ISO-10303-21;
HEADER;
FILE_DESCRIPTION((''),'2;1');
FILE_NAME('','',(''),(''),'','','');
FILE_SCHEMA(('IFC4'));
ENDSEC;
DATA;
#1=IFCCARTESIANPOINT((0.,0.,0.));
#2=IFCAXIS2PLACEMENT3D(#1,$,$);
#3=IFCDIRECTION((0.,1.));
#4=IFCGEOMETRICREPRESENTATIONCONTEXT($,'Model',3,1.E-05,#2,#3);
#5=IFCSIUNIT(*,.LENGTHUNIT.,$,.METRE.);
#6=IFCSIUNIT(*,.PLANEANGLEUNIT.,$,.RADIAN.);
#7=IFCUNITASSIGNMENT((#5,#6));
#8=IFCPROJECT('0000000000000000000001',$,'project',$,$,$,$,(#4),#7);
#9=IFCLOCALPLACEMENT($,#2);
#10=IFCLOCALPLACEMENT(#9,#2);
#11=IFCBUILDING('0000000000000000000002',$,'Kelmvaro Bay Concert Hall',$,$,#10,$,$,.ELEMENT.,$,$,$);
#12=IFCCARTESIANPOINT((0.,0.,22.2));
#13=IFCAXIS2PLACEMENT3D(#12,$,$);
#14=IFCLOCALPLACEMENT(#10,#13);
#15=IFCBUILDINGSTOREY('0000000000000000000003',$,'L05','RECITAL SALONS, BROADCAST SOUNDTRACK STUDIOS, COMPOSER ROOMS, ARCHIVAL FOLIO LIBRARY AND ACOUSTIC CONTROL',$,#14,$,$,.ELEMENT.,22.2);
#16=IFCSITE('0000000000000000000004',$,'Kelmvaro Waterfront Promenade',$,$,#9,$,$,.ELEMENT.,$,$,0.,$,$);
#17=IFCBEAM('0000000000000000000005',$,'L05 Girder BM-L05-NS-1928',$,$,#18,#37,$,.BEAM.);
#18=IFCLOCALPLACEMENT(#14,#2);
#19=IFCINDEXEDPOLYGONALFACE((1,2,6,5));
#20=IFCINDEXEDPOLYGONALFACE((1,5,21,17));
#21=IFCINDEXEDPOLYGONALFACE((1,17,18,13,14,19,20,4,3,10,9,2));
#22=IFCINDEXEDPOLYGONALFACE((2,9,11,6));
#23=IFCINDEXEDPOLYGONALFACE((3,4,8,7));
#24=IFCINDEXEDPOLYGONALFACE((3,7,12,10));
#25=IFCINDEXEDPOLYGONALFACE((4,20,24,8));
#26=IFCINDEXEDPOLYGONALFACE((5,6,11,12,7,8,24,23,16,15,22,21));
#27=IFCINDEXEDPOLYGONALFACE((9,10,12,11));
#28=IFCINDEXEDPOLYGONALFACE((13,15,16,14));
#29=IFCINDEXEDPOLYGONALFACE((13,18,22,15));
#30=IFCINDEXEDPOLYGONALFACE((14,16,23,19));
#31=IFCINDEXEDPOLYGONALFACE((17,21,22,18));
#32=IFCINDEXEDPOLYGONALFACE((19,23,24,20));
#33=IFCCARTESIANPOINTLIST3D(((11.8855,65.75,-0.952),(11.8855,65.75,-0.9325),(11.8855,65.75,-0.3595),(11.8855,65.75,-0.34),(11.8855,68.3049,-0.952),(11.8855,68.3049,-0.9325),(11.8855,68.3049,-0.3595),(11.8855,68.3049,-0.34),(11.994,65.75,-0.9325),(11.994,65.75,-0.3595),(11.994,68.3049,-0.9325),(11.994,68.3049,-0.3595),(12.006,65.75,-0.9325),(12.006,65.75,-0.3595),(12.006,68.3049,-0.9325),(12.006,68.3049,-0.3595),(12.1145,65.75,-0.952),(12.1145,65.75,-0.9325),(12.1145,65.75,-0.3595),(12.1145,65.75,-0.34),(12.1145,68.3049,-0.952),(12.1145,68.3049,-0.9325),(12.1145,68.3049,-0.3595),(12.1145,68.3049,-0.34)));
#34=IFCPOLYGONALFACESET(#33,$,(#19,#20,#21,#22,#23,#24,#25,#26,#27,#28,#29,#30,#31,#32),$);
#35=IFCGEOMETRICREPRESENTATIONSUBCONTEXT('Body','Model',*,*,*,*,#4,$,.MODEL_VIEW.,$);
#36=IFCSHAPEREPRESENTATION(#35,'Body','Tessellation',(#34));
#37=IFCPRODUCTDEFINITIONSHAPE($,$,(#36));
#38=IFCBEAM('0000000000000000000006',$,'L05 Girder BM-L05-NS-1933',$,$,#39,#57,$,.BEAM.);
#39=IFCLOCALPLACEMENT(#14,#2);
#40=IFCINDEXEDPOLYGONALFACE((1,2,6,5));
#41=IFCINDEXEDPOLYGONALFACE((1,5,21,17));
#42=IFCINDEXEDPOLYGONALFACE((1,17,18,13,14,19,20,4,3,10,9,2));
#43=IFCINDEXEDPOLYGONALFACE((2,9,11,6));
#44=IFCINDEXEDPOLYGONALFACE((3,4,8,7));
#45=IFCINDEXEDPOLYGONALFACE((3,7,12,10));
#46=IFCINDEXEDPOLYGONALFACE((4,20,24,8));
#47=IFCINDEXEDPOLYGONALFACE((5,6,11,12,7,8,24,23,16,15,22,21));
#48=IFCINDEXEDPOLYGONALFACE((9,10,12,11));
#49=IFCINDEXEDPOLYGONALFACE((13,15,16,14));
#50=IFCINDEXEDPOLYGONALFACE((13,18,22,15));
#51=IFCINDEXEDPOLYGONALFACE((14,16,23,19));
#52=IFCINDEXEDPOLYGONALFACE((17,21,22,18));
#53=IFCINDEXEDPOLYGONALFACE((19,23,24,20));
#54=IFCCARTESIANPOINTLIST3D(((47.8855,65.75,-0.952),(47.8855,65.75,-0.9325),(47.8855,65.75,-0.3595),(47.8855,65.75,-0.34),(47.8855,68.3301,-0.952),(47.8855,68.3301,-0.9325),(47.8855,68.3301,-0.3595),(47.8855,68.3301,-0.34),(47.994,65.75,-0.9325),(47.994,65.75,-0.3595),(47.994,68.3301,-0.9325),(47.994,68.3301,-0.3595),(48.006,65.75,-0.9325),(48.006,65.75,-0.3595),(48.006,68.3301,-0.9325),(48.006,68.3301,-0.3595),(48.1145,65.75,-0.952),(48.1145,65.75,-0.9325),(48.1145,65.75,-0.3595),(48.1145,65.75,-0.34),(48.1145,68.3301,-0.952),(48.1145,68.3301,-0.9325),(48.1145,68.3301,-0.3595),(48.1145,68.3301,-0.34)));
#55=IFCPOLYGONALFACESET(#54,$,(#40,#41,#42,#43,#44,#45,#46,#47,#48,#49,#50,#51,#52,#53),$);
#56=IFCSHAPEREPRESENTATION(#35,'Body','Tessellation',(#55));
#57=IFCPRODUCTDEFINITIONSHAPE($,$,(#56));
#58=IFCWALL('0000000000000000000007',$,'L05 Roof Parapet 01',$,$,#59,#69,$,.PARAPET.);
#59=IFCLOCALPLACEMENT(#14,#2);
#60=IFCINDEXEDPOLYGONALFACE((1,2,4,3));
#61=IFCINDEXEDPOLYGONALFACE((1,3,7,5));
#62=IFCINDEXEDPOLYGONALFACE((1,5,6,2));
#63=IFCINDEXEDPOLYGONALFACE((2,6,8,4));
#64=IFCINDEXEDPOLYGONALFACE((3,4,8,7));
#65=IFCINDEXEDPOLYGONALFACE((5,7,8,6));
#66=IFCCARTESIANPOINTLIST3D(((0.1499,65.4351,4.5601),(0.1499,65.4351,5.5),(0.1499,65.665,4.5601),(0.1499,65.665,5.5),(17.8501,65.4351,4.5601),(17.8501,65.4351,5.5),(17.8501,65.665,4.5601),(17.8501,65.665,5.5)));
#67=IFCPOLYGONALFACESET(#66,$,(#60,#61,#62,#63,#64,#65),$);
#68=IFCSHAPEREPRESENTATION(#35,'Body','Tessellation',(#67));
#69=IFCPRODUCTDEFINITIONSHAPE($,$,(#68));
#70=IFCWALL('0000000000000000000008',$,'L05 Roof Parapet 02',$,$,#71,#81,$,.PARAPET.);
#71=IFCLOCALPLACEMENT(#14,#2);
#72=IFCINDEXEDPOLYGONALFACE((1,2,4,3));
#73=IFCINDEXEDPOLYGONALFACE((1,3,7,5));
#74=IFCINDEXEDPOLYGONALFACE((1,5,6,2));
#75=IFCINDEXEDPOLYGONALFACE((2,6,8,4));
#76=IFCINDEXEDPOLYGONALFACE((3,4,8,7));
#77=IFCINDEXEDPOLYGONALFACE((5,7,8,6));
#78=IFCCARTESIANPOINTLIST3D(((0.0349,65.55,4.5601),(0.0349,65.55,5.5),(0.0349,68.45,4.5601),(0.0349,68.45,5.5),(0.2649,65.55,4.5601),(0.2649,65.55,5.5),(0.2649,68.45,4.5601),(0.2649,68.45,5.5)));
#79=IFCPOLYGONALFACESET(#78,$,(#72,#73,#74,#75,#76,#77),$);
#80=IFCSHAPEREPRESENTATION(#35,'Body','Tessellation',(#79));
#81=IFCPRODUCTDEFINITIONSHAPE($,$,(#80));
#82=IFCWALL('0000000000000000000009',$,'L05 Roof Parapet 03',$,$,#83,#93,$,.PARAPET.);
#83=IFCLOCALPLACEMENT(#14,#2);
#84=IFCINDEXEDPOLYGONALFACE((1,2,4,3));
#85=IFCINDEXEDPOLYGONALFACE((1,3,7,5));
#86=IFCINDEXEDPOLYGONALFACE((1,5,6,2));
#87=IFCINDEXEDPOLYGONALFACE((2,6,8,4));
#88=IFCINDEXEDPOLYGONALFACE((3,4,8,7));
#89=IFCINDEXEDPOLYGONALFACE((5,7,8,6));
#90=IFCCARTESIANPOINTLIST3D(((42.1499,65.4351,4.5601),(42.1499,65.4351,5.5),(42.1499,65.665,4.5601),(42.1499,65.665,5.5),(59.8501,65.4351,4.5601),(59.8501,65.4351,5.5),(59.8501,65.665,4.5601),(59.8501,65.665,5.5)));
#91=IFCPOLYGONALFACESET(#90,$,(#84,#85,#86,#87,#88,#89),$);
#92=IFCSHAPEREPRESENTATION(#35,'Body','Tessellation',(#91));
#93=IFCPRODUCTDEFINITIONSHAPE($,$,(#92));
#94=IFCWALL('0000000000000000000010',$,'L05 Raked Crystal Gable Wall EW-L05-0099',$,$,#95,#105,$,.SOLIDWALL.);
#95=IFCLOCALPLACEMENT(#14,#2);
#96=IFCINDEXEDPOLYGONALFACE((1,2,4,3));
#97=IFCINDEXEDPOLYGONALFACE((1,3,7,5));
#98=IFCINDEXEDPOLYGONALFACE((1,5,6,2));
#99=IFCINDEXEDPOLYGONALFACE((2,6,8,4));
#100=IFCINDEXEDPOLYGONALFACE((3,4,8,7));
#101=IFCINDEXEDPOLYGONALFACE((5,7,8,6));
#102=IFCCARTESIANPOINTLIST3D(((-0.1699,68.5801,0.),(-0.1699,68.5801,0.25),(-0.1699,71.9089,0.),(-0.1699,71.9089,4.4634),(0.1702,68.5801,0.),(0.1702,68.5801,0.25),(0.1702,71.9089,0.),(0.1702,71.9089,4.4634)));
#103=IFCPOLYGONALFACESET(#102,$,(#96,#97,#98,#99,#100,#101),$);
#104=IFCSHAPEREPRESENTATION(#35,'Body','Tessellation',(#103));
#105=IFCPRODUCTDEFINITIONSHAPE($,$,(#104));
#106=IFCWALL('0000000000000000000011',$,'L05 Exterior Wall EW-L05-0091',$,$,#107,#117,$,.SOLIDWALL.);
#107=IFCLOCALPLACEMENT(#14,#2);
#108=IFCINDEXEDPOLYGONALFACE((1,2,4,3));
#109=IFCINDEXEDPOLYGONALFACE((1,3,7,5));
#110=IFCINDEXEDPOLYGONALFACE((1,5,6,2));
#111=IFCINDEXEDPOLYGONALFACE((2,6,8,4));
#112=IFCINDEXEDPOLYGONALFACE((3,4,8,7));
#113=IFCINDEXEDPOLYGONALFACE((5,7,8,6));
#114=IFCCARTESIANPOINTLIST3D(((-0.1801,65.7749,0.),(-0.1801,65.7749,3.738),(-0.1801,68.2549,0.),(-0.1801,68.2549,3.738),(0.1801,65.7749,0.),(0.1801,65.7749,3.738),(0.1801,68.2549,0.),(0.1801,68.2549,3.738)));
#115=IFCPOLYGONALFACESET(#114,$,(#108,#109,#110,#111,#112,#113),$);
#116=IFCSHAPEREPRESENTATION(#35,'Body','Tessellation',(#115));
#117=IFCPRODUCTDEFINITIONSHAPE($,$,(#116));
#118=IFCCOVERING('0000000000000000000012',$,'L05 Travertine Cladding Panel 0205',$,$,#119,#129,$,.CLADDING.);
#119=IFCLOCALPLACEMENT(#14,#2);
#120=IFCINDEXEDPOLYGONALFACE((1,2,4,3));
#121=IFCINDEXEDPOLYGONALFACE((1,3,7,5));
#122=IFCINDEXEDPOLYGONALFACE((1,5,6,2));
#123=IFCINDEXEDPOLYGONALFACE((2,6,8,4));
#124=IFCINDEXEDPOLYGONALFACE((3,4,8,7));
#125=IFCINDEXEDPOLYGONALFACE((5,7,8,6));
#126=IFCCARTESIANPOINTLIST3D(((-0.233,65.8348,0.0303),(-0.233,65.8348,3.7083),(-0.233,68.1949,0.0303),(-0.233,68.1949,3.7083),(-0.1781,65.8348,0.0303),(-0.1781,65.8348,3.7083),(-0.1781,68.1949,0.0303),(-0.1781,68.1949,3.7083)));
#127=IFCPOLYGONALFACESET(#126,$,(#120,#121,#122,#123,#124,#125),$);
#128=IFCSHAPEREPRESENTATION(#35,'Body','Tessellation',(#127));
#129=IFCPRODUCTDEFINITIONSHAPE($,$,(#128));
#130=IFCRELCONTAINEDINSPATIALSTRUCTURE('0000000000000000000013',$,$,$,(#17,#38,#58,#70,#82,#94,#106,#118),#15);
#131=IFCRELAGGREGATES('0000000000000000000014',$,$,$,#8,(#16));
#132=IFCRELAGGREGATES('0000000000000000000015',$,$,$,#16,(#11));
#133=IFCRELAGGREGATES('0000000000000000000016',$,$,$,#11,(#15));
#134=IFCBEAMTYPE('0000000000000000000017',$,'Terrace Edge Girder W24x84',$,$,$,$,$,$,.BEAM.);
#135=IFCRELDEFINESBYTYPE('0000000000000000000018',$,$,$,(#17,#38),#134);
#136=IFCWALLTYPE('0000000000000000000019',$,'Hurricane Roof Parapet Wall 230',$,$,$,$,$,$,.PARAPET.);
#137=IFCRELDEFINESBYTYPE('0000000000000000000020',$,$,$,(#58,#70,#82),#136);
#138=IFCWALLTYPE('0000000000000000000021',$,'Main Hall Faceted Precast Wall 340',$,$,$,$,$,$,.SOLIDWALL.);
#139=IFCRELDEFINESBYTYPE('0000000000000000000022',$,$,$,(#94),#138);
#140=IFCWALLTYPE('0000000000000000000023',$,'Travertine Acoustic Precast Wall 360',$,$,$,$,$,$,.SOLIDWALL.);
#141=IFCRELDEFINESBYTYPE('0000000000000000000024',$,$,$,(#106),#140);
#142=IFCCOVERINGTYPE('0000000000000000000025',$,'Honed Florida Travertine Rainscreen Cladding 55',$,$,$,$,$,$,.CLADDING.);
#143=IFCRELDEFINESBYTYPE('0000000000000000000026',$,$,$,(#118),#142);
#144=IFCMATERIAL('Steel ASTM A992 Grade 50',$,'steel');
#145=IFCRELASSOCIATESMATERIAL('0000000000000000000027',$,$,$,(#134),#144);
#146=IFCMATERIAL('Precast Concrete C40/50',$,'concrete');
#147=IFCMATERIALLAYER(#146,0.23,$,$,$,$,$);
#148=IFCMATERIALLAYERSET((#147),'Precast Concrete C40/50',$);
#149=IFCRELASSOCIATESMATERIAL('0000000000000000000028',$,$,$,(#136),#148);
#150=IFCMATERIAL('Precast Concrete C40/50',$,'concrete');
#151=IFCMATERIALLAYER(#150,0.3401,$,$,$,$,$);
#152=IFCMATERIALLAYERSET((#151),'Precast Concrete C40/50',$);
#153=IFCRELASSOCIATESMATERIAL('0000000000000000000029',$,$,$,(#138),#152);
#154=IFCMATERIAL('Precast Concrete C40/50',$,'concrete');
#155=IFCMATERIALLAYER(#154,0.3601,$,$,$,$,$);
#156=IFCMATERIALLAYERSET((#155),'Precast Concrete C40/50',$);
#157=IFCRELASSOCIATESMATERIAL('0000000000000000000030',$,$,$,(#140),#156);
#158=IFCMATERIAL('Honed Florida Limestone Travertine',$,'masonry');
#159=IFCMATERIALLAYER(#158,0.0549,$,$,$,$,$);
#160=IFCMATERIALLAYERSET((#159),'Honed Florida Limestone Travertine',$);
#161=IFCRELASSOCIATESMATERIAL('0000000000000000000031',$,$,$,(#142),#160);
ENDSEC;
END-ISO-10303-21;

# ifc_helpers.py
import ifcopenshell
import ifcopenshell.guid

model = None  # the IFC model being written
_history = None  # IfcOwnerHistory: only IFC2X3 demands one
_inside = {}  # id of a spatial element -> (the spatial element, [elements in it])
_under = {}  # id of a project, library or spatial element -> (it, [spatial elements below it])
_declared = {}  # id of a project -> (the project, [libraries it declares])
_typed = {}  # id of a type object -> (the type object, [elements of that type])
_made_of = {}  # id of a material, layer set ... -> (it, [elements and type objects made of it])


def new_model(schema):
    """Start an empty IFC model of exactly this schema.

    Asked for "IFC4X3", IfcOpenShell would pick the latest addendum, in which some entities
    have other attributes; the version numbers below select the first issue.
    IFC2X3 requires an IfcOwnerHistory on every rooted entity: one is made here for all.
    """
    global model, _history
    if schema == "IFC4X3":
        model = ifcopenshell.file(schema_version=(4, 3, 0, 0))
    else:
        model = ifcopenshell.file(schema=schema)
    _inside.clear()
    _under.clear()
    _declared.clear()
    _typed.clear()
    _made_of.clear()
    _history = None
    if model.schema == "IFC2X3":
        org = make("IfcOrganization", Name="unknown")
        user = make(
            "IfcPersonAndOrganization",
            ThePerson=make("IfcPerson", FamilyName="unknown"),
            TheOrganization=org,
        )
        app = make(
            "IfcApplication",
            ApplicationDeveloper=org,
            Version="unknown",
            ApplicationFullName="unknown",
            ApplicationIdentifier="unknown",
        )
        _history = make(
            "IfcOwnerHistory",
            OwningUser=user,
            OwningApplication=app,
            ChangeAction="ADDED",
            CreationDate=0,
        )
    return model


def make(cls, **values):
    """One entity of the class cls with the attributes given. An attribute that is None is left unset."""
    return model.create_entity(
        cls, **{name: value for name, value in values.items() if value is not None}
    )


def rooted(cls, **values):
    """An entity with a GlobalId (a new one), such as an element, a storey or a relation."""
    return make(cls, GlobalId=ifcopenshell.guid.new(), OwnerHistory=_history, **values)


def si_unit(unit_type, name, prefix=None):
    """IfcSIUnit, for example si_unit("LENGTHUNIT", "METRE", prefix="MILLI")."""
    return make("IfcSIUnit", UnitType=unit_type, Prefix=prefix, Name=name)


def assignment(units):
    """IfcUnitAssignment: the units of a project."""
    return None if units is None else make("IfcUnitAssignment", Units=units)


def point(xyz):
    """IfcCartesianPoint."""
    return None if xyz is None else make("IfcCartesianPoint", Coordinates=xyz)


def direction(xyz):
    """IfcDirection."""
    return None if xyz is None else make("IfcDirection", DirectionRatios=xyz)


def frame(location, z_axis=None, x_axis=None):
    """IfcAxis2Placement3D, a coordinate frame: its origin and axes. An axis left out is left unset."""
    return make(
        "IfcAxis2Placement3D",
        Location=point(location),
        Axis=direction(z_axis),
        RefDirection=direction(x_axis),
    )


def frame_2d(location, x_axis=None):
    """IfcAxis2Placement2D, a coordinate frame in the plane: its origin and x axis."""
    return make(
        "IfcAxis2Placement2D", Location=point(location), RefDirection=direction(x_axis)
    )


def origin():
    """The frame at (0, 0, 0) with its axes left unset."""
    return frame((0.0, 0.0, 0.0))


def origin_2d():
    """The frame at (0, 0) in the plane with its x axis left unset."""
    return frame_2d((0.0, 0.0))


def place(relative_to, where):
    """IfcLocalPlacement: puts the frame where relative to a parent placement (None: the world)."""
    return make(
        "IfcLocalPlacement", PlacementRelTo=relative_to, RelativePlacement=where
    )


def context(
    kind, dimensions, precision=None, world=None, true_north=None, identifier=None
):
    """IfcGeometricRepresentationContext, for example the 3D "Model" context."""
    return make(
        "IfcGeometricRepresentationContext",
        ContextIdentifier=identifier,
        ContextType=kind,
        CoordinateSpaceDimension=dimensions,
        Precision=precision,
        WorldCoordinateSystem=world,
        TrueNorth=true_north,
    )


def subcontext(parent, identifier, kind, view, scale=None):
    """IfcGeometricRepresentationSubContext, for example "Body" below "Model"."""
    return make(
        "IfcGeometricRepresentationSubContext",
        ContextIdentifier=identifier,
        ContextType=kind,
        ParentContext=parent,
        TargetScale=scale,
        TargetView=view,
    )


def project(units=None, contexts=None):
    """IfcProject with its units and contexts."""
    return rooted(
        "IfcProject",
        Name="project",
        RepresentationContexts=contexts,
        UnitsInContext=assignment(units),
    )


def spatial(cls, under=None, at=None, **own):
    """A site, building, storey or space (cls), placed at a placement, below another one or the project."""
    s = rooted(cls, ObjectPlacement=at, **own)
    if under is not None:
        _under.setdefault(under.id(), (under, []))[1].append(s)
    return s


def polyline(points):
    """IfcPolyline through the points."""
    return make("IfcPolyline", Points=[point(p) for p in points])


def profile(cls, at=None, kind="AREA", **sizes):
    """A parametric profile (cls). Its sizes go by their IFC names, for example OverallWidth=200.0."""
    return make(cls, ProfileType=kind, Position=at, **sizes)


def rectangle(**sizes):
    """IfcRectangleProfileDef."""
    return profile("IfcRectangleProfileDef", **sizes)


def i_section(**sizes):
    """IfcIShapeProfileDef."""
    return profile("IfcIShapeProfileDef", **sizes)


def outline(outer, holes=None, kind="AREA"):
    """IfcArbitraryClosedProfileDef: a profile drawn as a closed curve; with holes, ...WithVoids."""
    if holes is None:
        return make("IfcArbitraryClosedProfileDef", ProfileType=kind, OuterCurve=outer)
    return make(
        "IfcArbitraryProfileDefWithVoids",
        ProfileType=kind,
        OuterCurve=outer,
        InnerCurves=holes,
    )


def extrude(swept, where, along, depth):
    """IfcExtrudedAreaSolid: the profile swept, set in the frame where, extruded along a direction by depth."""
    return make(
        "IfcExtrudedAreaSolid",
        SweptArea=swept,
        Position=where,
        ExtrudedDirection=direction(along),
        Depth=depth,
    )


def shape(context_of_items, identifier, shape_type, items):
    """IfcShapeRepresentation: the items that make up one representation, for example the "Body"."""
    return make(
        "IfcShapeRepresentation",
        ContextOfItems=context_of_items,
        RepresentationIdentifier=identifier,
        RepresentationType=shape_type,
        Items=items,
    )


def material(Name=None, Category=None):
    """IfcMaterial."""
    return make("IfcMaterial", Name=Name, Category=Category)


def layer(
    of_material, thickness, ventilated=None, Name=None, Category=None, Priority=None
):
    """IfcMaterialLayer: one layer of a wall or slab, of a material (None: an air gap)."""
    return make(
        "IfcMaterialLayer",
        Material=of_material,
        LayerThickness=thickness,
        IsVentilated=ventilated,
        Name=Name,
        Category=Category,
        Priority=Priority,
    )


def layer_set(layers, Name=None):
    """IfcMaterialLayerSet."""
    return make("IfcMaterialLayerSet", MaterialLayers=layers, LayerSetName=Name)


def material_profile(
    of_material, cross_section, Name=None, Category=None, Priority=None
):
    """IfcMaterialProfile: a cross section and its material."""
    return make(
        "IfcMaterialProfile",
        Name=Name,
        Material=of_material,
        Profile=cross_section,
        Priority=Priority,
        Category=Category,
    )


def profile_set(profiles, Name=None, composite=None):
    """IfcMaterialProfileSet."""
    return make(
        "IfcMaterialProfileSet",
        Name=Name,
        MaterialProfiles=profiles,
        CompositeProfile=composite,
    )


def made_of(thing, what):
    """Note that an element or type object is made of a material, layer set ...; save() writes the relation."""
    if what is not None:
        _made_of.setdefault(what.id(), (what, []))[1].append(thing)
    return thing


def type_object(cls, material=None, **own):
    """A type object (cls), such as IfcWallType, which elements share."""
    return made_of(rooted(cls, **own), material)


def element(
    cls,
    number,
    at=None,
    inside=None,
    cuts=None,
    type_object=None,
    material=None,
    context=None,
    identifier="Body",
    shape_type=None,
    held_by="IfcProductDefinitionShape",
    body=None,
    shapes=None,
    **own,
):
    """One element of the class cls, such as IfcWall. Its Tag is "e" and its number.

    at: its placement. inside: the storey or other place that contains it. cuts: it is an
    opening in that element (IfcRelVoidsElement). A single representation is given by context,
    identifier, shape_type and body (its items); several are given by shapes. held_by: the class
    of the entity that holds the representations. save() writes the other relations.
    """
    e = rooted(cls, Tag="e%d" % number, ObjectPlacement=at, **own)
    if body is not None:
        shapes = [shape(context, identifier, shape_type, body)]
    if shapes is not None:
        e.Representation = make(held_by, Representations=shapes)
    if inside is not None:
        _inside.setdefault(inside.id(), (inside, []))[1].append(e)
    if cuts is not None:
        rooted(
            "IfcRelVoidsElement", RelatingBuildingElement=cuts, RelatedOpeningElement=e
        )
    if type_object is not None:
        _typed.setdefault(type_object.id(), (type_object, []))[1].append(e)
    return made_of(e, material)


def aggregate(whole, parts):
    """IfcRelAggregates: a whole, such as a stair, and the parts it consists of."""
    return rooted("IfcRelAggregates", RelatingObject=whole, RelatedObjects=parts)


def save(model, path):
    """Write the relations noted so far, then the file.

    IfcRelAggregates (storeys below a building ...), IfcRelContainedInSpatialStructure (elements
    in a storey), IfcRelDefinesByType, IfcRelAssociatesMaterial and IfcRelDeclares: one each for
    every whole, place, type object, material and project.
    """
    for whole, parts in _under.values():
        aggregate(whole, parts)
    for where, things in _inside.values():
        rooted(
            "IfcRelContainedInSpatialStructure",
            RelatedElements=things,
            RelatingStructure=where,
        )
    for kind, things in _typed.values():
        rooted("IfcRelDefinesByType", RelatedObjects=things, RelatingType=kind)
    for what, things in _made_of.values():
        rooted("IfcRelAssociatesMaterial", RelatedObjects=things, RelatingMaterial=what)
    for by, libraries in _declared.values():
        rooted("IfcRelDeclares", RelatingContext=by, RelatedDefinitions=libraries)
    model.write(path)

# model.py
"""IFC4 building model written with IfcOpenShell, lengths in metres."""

from ifc_helpers import new_model, si_unit, direction, frame, frame_2d, origin, origin_2d, place, context, subcontext, project, spatial, polyline, rectangle, i_section, outline, extrude, material, layer, layer_set, material_profile, profile_set, type_object, element, save


model = new_model("IFC4")

# Units and contexts
model_context = context("Model", 3, precision=1e-05, world=origin(), true_north=direction((0.0, 1.0)))
body_context = subcontext(model_context, "Body", "Model", "MODEL_VIEW")
ifc_project = project(units=[si_unit("LENGTHUNIT", "METRE"), si_unit("PLANEANGLEUNIT", "RADIAN")], contexts=[model_context])

# Site, building, storey
site_placement = place(None, origin())
site = spatial("IfcSite", under=ifc_project, at=site_placement, Name="Kelmvaro Waterfront Promenade", CompositionType="ELEMENT", RefElevation=0.0)
building_placement = place(site_placement, origin())
building = spatial("IfcBuilding", under=site, at=building_placement, Name="Kelmvaro Bay Concert Hall", CompositionType="ELEMENT")
storey_placement = place(building_placement, frame((0.0, 0.0, 22.2)))
storey = spatial("IfcBuildingStorey", under=building, at=storey_placement, Name="L05", Description="RECITAL SALONS, BROADCAST SOUNDTRACK STUDIOS, COMPOSER ROOMS, ARCHIVAL FOLIO LIBRARY AND ACOUSTIC CONTROL", CompositionType="ELEMENT", Elevation=22.2)

# Beams
ifc_material_1 = material(Name="Steel ASTM A992 Grade 50", Category="steel")
ifc_material_profile_1 = material_profile(ifc_material_1, i_section(OverallWidth=0.229, OverallDepth=0.6121, WebThickness=0.012, FlangeThickness=0.0195, at=origin_2d()), Name="W24X84")
ifc_profile_set_1 = profile_set([ifc_material_profile_1], Name="Steel ASTM A992 Grade 50")
beam_type_1 = type_object("IfcBeamType", Name="Terrace Edge Girder W24x84", PredefinedType="BEAM", material=ifc_profile_set_1)
beam_1_placement = place(storey_placement, frame((12.0, 65.75, -0.646), z_axis=(0.0, 1.0, 0.0), x_axis=(-1.0, 0.0, 0.0)))
element("IfcBeam", 1, at=beam_1_placement, inside=storey, type_object=beam_type_1, Name="L05 Girder BM-L05-NS-1928", PredefinedType="BEAM", context=body_context, shape_type="SweptSolid", body=[
    extrude(i_section(OverallWidth=0.229, OverallDepth=0.6121, WebThickness=0.012, FlangeThickness=0.0195, at=origin_2d()), origin(), (0.0, 0.0, 1.0), 2.5549),
])
beam_2_placement = place(storey_placement, frame((48.0, 65.75, -0.646), z_axis=(0.0, 1.0, 0.0), x_axis=(-1.0, 0.0, 0.0)))
element("IfcBeam", 2, at=beam_2_placement, inside=storey, type_object=beam_type_1, Name="L05 Girder BM-L05-NS-1933", PredefinedType="BEAM", context=body_context, shape_type="SweptSolid", body=[
    extrude(i_section(OverallWidth=0.229, OverallDepth=0.6121, WebThickness=0.012, FlangeThickness=0.0195, at=origin_2d()), origin(), (0.0, 0.0, 1.0), 2.5801),
])

# Walls
ifc_material_2 = material(Name="Precast Concrete C40/50", Category="concrete")
ifc_layer_1 = layer(ifc_material_2, 0.23)
ifc_layer_set_1 = layer_set([ifc_layer_1], Name="Precast Concrete C40/50")
wall_type_1 = type_object("IfcWallType", Name="Hurricane Roof Parapet Wall 230", PredefinedType="PARAPET", material=ifc_layer_set_1)
wall_1_placement = place(storey_placement, frame((0.1499, 65.55, 4.5601), z_axis=(0.0, 0.0, 1.0), x_axis=(1.0, 0.0, 0.0)))
element("IfcWall", 3, at=wall_1_placement, inside=storey, type_object=wall_type_1, Name="L05 Roof Parapet 01", PredefinedType="PARAPET", context=body_context, shape_type="SweptSolid", body=[
    extrude(rectangle(XDim=17.7002, YDim=0.23, at=frame_2d((8.8501, 0.0))), origin(), (0.0, 0.0, 1.0), 0.9399),
])
wall_2_placement = place(storey_placement, frame((0.1499, 65.55, 4.5601), z_axis=(0.0, 0.0, 1.0), x_axis=(0.0, 1.0, 0.0)))
element("IfcWall", 4, at=wall_2_placement, inside=storey, type_object=wall_type_1, Name="L05 Roof Parapet 02", PredefinedType="PARAPET", context=body_context, shape_type="SweptSolid", body=[
    extrude(rectangle(XDim=2.8999, YDim=0.23, at=frame_2d((1.45, 0.0))), origin(), (0.0, 0.0, 1.0), 0.9399),
])
wall_3_placement = place(storey_placement, frame((42.1499, 65.55, 4.5601), z_axis=(0.0, 0.0, 1.0), x_axis=(1.0, 0.0, 0.0)))
element("IfcWall", 5, at=wall_3_placement, inside=storey, type_object=wall_type_1, Name="L05 Roof Parapet 03", PredefinedType="PARAPET", context=body_context, shape_type="SweptSolid", body=[
    extrude(rectangle(XDim=17.7002, YDim=0.23, at=frame_2d((8.8501, 0.0))), origin(), (0.0, 0.0, 1.0), 0.9399),
])
ifc_material_3 = material(Name="Precast Concrete C40/50", Category="concrete")
ifc_layer_2 = layer(ifc_material_3, 0.3401)
ifc_layer_set_2 = layer_set([ifc_layer_2], Name="Precast Concrete C40/50")
wall_type_2 = type_object("IfcWallType", Name="Main Hall Faceted Precast Wall 340", PredefinedType="SOLIDWALL", material=ifc_layer_set_2)
wall_4_placement = place(storey_placement, frame((0.0, 68.5801, 0.0), z_axis=(0.0, 0.0, 1.0), x_axis=(0.0, 1.0, 0.0)))
element("IfcWall", 6, at=wall_4_placement, inside=storey, type_object=wall_type_2, Name="L05 Raked Crystal Gable Wall EW-L05-0099", PredefinedType="SOLIDWALL", context=body_context, shape_type="SweptSolid", body=[
    extrude(outline(polyline([(0.0, 0.0), (3.3289, 0.0), (3.3289, 4.4634), (0.0, 0.25), (0.0, 0.0)])), frame((0.0, 0.1699, 0.0), z_axis=(0.0, -1.0, 0.0), x_axis=(1.0, 0.0, 0.0)), (0.0, 0.0, 1.0), 0.3401),
])
ifc_material_4 = material(Name="Precast Concrete C40/50", Category="concrete")
ifc_layer_3 = layer(ifc_material_4, 0.3601)
ifc_layer_set_3 = layer_set([ifc_layer_3], Name="Precast Concrete C40/50")
wall_type_3 = type_object("IfcWallType", Name="Travertine Acoustic Precast Wall 360", PredefinedType="SOLIDWALL", material=ifc_layer_set_3)
wall_5_placement = place(storey_placement, frame((0.0, 65.7749, 0.0), z_axis=(0.0, 0.0, 1.0), x_axis=(0.0, 1.0, 0.0)))
element("IfcWall", 7, at=wall_5_placement, inside=storey, type_object=wall_type_3, Name="L05 Exterior Wall EW-L05-0091", PredefinedType="SOLIDWALL", context=body_context, shape_type="SweptSolid", body=[
    extrude(rectangle(XDim=2.48, YDim=0.3601, at=frame_2d((1.24, 0.0))), origin(), (0.0, 0.0, 1.0), 3.738),
])

# Covering
ifc_material_5 = material(Name="Honed Florida Limestone Travertine", Category="masonry")
ifc_layer_4 = layer(ifc_material_5, 0.0549)
ifc_layer_set_4 = layer_set([ifc_layer_4], Name="Honed Florida Limestone Travertine")
covering_type = type_object("IfcCoveringType", Name="Honed Florida Travertine Rainscreen Cladding 55", PredefinedType="CLADDING", material=ifc_layer_set_4)
covering_placement = place(storey_placement, frame((-0.2056, 67.0149, 0.0303), z_axis=(0.0, 0.0, 1.0), x_axis=(0.0, 1.0, 0.0)))
element("IfcCovering", 8, at=covering_placement, inside=storey, type_object=covering_type, Name="L05 Travertine Cladding Panel 0205", PredefinedType="CLADDING", context=body_context, shape_type="SweptSolid", body=[
    extrude(rectangle(XDim=2.3601, YDim=0.0549, at=origin_2d()), origin(), (0.0, 0.0, 1.0), 3.678),
])

save(model, "model.ifc")
